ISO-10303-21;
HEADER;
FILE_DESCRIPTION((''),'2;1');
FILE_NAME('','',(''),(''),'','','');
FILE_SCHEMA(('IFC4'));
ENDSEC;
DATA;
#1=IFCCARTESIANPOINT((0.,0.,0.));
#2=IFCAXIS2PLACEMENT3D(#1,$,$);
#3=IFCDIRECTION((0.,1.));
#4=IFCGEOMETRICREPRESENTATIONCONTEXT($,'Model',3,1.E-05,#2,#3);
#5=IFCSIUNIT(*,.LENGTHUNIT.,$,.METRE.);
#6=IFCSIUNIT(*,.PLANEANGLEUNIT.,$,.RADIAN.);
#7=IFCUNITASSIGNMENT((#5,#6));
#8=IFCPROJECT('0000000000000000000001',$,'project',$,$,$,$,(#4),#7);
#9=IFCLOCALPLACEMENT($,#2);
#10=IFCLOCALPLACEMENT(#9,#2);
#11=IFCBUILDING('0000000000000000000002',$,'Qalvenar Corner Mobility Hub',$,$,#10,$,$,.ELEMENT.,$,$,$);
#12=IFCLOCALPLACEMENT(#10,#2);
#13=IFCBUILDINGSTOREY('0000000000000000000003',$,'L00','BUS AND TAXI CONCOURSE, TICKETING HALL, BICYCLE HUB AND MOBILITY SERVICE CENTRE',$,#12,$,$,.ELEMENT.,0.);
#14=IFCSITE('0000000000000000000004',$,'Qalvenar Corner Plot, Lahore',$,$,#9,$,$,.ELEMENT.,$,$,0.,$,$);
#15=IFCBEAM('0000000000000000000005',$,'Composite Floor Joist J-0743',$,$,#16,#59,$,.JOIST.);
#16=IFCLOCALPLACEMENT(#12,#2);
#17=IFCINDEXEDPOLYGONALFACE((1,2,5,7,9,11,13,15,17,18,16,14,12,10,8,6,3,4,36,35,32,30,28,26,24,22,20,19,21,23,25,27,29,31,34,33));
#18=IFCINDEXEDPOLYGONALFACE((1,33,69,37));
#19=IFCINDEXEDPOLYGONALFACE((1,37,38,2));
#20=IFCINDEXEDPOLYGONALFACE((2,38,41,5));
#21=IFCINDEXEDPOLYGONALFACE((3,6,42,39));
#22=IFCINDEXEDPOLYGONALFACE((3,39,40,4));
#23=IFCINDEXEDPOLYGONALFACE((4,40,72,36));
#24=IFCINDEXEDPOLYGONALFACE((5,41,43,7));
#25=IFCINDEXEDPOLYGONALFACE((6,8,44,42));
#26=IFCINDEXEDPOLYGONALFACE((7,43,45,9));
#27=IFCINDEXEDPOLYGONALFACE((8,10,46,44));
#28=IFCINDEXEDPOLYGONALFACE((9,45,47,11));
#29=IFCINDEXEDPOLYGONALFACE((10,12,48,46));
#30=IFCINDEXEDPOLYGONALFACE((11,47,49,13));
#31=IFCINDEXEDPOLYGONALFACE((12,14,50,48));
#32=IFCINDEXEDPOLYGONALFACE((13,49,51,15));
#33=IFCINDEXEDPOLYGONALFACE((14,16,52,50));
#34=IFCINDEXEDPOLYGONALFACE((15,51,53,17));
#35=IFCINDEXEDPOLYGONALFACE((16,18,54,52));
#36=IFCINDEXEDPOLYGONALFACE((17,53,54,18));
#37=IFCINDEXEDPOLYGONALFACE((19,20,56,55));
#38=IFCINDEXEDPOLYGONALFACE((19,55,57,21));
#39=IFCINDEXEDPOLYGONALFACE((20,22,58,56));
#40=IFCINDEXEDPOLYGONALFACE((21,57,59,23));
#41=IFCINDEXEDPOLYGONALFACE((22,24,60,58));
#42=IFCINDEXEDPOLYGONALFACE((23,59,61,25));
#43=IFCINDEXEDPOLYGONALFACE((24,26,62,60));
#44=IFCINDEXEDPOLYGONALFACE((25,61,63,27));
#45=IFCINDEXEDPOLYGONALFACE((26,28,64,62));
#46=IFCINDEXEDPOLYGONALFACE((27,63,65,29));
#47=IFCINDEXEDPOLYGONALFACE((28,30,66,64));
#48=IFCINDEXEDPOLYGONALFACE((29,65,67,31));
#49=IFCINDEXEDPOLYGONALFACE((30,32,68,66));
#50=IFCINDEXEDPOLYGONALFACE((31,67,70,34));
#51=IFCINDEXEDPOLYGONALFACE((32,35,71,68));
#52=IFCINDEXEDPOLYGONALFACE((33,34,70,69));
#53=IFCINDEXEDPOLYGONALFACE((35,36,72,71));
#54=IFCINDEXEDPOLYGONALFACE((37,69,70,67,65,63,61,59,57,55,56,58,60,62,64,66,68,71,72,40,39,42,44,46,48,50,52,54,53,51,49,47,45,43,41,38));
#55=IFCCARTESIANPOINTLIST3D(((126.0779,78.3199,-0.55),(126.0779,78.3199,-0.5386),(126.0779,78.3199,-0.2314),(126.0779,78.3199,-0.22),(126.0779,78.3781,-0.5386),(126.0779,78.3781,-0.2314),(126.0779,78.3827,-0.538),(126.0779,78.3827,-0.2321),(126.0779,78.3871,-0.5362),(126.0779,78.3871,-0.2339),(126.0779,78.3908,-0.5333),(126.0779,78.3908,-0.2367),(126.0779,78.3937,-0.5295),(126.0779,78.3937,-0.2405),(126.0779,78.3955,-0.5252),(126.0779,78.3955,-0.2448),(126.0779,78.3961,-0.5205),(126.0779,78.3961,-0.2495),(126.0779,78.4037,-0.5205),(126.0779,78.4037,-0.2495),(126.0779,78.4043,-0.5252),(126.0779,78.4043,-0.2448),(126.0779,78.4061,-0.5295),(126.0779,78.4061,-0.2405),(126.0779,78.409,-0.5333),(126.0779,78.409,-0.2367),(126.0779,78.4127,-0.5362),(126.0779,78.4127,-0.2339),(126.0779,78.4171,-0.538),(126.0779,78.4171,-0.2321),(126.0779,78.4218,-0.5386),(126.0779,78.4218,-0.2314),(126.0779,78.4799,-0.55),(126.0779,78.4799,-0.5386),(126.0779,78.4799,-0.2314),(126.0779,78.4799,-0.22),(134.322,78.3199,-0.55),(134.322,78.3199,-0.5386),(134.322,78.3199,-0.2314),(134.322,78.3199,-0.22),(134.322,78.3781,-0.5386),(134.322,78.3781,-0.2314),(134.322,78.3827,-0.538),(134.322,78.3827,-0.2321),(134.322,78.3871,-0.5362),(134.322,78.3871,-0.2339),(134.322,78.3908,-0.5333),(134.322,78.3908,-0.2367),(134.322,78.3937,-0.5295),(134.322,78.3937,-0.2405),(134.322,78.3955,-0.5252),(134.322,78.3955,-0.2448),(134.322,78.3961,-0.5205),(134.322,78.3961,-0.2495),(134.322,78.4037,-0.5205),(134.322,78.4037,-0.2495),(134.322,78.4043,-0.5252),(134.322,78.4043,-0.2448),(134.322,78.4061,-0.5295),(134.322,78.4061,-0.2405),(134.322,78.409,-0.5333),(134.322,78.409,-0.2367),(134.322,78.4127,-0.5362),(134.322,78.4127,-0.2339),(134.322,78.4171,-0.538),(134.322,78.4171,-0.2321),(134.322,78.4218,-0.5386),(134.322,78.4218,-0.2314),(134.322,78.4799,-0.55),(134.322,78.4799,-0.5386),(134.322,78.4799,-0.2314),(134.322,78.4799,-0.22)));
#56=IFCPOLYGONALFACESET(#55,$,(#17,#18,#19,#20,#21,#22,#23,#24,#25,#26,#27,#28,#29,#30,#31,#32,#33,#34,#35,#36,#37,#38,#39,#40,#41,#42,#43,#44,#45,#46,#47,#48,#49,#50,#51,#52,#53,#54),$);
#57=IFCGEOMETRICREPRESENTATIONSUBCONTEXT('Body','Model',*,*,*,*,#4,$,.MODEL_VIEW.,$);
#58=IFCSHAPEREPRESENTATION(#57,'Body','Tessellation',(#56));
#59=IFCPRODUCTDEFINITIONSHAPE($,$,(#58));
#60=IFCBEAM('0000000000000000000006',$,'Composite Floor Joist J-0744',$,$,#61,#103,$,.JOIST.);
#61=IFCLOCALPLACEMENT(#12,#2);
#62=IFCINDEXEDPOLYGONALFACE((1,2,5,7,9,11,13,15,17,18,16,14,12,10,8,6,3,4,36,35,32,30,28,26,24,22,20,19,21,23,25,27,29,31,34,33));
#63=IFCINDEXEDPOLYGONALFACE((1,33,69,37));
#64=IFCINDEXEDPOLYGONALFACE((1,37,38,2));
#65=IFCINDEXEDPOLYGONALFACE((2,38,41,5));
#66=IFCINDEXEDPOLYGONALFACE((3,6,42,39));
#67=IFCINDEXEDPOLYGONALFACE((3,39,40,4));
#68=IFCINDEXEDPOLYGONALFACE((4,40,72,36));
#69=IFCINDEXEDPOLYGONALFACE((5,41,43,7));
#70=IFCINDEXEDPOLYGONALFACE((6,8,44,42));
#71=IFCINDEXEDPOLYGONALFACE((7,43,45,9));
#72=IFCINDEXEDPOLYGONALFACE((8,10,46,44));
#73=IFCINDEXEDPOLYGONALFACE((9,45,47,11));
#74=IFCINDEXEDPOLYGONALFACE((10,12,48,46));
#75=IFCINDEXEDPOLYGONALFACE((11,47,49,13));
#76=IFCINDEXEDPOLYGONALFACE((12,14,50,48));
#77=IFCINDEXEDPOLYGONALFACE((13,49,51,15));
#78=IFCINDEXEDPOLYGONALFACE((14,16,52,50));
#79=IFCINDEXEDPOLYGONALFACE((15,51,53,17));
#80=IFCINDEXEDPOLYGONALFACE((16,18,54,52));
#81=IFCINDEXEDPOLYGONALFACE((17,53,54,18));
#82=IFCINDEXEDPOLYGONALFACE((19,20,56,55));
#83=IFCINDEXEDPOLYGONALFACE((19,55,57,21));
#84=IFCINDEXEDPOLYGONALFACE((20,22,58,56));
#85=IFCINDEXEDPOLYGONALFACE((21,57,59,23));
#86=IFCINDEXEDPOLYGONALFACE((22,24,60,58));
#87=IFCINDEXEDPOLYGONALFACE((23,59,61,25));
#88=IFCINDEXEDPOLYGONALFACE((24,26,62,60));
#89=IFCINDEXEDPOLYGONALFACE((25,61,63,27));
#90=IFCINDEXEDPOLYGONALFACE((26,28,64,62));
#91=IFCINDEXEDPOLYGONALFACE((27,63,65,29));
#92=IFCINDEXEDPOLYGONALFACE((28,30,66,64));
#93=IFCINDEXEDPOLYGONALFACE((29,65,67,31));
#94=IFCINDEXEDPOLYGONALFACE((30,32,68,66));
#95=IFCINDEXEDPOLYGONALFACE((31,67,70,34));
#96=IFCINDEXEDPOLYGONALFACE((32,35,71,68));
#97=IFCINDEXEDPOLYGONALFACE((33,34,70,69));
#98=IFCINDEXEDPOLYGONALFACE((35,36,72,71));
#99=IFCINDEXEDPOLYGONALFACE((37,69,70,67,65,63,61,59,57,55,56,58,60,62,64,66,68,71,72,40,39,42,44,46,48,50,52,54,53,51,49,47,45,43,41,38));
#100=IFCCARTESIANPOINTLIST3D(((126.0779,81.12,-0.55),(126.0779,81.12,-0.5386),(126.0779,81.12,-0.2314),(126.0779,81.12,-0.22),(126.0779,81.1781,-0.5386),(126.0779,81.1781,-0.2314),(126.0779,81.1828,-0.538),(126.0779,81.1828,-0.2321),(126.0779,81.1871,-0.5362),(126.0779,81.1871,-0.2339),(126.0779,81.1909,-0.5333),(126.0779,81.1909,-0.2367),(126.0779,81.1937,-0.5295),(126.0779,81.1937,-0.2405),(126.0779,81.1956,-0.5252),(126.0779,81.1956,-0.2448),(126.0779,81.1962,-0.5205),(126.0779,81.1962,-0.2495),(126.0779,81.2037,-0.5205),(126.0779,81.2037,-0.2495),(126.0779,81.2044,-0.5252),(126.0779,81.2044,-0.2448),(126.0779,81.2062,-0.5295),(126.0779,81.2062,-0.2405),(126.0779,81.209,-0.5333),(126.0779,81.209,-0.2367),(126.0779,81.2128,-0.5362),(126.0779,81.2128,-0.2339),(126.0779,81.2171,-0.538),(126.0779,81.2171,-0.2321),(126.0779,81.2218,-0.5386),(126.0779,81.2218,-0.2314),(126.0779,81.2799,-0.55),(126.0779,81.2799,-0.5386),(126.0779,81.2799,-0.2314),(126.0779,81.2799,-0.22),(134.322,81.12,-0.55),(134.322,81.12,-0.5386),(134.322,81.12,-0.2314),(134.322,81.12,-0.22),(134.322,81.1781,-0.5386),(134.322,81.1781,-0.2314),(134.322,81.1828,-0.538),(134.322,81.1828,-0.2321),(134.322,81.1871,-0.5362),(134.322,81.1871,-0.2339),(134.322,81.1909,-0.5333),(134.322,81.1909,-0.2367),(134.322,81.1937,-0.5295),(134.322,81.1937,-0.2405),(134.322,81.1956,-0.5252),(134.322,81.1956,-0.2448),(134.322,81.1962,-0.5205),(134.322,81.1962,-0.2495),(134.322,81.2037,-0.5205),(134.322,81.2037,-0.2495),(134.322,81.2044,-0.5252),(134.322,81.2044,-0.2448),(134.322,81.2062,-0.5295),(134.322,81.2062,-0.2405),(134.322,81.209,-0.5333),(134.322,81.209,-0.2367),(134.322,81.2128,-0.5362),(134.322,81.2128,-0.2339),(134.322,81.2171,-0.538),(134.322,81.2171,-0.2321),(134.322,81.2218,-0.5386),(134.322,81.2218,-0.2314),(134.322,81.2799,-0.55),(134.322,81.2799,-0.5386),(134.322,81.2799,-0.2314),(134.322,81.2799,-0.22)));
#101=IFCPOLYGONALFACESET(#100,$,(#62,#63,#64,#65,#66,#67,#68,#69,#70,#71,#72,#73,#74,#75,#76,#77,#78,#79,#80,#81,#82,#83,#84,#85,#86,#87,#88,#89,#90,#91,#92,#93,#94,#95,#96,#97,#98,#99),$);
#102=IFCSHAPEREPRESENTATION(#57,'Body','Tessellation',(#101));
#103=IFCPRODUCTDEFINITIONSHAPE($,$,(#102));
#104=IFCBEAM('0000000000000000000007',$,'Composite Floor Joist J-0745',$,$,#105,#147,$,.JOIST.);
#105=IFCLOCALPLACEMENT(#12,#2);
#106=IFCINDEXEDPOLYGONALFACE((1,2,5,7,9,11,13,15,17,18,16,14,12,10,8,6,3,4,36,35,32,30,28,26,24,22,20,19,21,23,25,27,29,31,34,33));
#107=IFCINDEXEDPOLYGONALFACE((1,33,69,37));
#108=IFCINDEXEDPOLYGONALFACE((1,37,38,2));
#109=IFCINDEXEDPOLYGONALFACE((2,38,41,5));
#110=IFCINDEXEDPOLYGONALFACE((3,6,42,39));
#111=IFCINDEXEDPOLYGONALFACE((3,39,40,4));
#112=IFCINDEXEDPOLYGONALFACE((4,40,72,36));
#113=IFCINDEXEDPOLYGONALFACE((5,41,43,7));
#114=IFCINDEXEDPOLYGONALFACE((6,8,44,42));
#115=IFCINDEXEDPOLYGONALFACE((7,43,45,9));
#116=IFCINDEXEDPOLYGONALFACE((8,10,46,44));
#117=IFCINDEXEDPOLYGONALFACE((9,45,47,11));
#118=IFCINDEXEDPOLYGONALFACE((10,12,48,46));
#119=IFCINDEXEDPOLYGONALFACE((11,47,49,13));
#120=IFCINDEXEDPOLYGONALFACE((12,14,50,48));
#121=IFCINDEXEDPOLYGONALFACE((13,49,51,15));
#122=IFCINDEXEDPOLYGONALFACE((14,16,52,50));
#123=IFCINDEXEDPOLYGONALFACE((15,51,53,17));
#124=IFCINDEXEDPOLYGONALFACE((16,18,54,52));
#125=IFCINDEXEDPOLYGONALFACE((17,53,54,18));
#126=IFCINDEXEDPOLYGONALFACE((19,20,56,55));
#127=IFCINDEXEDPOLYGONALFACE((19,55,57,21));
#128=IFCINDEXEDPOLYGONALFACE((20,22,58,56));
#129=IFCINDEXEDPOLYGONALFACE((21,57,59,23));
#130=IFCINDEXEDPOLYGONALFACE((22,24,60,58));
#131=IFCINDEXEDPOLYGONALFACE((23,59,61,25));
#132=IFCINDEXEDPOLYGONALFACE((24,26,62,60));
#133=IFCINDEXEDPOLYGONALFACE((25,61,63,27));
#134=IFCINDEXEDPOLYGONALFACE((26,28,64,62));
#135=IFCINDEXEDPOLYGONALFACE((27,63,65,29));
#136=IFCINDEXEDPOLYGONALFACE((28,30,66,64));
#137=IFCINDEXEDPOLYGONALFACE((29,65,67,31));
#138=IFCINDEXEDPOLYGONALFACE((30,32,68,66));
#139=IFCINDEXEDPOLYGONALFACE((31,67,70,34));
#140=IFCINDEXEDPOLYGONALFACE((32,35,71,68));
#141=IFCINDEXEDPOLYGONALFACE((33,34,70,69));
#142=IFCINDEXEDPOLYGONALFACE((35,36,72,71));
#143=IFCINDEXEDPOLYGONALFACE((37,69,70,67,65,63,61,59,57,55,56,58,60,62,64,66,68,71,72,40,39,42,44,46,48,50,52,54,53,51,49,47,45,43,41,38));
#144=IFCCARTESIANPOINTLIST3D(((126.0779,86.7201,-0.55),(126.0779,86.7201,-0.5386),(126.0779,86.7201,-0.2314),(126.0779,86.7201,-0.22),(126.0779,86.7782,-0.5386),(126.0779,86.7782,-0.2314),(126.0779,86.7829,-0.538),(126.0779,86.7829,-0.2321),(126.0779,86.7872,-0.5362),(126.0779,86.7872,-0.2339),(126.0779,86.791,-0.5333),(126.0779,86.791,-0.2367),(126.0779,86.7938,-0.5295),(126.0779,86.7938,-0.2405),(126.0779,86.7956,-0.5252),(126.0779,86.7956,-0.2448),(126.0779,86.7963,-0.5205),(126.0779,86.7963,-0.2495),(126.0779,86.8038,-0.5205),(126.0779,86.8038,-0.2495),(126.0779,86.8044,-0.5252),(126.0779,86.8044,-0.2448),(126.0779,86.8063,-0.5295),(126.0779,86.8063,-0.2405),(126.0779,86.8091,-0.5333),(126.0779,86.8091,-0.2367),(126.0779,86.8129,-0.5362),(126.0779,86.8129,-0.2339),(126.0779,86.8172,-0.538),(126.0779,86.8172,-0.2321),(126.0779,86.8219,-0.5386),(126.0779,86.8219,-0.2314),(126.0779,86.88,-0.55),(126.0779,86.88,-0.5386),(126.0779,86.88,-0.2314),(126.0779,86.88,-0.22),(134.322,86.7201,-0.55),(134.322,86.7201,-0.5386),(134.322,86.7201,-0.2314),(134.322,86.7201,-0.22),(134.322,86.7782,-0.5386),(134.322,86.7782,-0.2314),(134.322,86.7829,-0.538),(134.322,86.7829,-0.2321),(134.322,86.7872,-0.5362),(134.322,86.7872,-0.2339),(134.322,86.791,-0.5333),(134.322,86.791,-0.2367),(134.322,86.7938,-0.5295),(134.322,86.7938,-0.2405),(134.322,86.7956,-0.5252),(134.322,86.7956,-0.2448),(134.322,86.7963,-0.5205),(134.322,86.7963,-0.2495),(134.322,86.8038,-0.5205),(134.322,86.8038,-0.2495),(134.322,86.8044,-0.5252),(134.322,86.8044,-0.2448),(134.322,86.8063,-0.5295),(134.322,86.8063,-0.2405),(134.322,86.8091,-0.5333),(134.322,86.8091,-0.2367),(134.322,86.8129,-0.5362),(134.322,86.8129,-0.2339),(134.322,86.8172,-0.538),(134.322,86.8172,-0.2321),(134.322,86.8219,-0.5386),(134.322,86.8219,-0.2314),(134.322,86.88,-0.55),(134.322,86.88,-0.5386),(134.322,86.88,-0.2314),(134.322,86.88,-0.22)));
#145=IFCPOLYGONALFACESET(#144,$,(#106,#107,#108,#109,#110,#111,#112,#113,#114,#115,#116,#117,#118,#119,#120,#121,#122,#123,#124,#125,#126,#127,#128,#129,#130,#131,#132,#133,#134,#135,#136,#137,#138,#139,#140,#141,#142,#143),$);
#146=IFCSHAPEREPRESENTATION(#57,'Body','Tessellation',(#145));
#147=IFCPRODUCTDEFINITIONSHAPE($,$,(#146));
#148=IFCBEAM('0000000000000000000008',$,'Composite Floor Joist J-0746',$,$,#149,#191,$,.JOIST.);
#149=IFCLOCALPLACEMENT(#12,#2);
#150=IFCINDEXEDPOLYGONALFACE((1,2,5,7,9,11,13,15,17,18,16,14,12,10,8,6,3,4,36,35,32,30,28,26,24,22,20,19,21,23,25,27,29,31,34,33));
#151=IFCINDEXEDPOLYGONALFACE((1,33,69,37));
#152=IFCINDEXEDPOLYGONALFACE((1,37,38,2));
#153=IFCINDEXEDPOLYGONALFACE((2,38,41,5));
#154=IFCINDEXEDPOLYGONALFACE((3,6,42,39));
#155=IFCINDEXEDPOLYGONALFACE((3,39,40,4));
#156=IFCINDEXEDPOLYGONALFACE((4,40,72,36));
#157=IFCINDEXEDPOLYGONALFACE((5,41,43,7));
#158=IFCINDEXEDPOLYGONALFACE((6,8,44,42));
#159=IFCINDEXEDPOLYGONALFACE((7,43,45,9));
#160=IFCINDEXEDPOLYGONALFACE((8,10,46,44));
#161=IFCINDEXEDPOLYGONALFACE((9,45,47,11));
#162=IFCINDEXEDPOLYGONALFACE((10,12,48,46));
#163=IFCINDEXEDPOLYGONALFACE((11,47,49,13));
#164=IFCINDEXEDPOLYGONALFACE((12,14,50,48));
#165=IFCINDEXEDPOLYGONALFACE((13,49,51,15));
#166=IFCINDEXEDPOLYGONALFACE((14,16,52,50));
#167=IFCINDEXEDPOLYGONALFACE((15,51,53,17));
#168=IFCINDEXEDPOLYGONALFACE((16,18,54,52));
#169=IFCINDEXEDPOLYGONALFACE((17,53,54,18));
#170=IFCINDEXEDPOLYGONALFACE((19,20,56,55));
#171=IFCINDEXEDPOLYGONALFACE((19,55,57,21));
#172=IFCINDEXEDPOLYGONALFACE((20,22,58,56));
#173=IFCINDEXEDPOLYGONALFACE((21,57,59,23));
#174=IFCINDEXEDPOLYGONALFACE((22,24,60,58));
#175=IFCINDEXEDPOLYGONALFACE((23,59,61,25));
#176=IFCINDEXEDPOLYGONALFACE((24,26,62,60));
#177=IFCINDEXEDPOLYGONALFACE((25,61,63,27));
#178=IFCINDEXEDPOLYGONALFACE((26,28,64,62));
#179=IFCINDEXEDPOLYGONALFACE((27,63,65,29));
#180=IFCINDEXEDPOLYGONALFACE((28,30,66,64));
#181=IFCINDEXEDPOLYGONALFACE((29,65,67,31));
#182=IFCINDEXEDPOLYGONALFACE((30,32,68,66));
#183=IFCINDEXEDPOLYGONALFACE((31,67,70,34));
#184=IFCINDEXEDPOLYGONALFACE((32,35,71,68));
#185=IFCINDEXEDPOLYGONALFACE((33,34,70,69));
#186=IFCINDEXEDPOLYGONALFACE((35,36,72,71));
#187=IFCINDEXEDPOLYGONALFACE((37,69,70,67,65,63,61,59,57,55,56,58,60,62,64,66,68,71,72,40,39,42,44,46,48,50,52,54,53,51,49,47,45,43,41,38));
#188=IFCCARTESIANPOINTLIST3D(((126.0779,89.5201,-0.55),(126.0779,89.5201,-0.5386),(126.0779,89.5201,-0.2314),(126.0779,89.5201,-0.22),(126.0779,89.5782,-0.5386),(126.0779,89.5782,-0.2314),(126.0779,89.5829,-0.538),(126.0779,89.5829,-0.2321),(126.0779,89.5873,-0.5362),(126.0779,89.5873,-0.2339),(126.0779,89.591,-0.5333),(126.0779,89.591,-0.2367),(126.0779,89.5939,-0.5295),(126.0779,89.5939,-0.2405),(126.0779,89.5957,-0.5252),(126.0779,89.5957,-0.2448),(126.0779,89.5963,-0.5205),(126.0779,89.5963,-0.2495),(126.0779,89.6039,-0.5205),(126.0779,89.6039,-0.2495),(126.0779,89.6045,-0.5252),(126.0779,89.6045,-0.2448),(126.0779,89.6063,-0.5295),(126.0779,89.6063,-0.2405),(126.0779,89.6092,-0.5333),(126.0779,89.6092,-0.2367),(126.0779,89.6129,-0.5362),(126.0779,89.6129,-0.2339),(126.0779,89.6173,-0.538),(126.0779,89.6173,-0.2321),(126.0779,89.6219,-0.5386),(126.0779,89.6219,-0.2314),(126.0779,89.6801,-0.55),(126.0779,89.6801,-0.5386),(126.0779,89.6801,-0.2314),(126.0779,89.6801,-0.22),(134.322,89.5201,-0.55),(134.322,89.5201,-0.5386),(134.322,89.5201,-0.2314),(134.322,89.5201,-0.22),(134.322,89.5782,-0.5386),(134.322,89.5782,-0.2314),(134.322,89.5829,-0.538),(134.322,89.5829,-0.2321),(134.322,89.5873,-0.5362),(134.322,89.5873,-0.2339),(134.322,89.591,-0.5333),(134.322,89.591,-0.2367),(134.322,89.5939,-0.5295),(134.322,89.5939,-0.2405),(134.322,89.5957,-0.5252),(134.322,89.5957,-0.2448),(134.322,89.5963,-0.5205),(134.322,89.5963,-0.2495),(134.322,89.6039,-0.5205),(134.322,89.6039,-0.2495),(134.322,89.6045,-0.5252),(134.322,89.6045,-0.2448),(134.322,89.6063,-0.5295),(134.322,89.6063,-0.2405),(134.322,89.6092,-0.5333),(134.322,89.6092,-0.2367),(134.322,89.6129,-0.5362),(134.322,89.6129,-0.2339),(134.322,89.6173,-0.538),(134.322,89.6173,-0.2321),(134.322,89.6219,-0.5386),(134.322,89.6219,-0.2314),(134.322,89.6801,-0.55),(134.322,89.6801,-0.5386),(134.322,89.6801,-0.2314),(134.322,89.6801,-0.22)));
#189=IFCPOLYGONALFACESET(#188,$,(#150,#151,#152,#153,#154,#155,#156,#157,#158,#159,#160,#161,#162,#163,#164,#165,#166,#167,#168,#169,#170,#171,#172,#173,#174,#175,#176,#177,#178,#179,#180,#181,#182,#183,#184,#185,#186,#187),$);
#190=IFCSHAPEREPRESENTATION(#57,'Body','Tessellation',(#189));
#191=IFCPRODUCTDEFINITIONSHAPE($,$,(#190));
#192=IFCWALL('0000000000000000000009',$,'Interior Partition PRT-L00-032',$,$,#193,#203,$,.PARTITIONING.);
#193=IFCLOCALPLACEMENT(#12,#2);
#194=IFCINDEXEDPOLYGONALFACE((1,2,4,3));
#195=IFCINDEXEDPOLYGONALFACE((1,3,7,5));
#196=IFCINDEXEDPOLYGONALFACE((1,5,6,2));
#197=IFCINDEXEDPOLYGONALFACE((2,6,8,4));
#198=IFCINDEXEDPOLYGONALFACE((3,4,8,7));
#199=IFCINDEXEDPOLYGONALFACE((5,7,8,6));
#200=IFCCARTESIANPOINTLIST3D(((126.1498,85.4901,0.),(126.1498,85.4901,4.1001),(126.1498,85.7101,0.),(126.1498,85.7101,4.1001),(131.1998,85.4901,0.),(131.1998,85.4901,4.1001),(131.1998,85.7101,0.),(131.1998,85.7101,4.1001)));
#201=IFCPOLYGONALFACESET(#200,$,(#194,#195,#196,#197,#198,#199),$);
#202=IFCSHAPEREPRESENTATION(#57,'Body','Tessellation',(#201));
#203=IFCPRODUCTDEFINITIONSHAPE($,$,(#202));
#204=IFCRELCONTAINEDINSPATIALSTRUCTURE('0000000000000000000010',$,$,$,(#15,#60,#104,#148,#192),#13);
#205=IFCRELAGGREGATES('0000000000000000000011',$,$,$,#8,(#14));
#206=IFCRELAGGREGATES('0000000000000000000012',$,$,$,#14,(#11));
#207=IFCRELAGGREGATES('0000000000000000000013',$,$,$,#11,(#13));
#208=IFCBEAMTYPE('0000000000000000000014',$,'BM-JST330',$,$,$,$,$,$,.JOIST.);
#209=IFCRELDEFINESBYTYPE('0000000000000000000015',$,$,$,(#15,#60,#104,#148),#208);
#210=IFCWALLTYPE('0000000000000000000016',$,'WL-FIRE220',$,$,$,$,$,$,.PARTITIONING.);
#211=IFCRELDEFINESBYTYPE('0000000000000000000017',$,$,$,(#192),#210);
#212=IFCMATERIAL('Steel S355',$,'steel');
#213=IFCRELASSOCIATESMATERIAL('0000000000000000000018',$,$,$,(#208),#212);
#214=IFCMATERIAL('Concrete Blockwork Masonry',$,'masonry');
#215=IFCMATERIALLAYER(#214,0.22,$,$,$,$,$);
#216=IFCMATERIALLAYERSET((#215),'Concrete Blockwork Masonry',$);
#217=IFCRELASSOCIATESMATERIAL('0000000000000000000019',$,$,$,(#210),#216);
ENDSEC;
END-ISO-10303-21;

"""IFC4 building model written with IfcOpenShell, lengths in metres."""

from ifc_helpers import new_model, si_unit, direction, frame, frame_2d, origin, origin_2d, place, context, subcontext, project, spatial, rectangle, i_section, extrude, material, layer, layer_set, material_profile, profile_set, type_object, element, save


model = new_model("IFC4")

# Units and contexts
model_context = context("Model", 3, precision=1e-05, world=origin(), true_north=direction((0.0, 1.0)))
body_context = subcontext(model_context, "Body", "Model", "MODEL_VIEW")
ifc_project = project(units=[si_unit("LENGTHUNIT", "METRE"), si_unit("PLANEANGLEUNIT", "RADIAN")], contexts=[model_context])

# Site, building, storey
site_placement = place(None, origin())
site = spatial("IfcSite", under=ifc_project, at=site_placement, Name="Qalvenar Corner Plot, Lahore", CompositionType="ELEMENT", RefElevation=0.0)
building_placement = place(site_placement, origin())
building = spatial("IfcBuilding", under=site, at=building_placement, Name="Qalvenar Corner Mobility Hub", CompositionType="ELEMENT")
storey_placement = place(building_placement, origin())
storey = spatial("IfcBuildingStorey", under=building, at=storey_placement, Name="L00", Description="BUS AND TAXI CONCOURSE, TICKETING HALL, BICYCLE HUB AND MOBILITY SERVICE CENTRE", CompositionType="ELEMENT", Elevation=0.0)

# Shared definitions
ifc_material_1 = material(Name="Steel S355", Category="steel")

# Beams
ifc_material_profile_1 = material_profile(ifc_material_1, i_section(OverallWidth=0.1599, OverallDepth=0.3301, WebThickness=0.0076, FlangeThickness=0.0115, FilletRadius=0.0181, at=origin_2d()), Name="IPE330")
ifc_profile_set_1 = profile_set([ifc_material_profile_1], Name="Steel S355")
beam_type_1 = type_object("IfcBeamType", Name="BM-JST330", PredefinedType="JOIST", material=ifc_profile_set_1)
for number, where, z_axis, x_axis, name in (
    (1, (126.0779, 78.3999, -0.385), (1.0, 0.0, 0.0), (0.0, 1.0, 0.0), "Composite Floor Joist J-0743"),
    (2, (126.0779, 81.2, -0.385), (1.0, 0.0, 0.0), (0.0, 1.0, 0.0), "Composite Floor Joist J-0744"),
    (3, (126.0779, 86.8, -0.385), (1.0, 0.0, 0.0), (0.0, 1.0, 0.0), "Composite Floor Joist J-0745"),
    (4, (126.0779, 89.6001, -0.385), (1.0, 0.0, 0.0), (0.0, 1.0, 0.0), "Composite Floor Joist J-0746"),
):
    element("IfcBeam", number, at=place(storey_placement, frame(where, z_axis=z_axis, x_axis=x_axis)), inside=storey, type_object=beam_type_1, Name=name, PredefinedType="JOIST", context=body_context, shape_type="SweptSolid", body=[
        extrude(i_section(OverallWidth=0.1599, OverallDepth=0.3301, WebThickness=0.0076, FlangeThickness=0.0115, FilletRadius=0.0181, at=origin_2d()), origin(), (0.0, 0.0, 1.0), 8.2441),
    ])

# Wall
ifc_material_2 = material(Name="Concrete Blockwork Masonry", Category="masonry")
ifc_layer_1 = layer(ifc_material_2, 0.22)
ifc_layer_set_1 = layer_set([ifc_layer_1], Name="Concrete Blockwork Masonry")
wall_type_1 = type_object("IfcWallType", Name="WL-FIRE220", PredefinedType="PARTITIONING", material=ifc_layer_set_1)
wall_1_placement = place(storey_placement, frame((126.1499, 85.6001, 0.0), z_axis=(0.0, 0.0, 1.0), x_axis=(1.0, 0.0, 0.0)))
element("IfcWall", 5, at=wall_1_placement, inside=storey, type_object=wall_type_1, Name="Interior Partition PRT-L00-032", PredefinedType="PARTITIONING", context=body_context, shape_type="SweptSolid", body=[
    extrude(rectangle(XDim=5.05, YDim=0.22, at=frame_2d((2.5249, 0.0))), origin(), (0.0, 0.0, 1.0), 4.1001),
])

save(model, "model.ifc")
